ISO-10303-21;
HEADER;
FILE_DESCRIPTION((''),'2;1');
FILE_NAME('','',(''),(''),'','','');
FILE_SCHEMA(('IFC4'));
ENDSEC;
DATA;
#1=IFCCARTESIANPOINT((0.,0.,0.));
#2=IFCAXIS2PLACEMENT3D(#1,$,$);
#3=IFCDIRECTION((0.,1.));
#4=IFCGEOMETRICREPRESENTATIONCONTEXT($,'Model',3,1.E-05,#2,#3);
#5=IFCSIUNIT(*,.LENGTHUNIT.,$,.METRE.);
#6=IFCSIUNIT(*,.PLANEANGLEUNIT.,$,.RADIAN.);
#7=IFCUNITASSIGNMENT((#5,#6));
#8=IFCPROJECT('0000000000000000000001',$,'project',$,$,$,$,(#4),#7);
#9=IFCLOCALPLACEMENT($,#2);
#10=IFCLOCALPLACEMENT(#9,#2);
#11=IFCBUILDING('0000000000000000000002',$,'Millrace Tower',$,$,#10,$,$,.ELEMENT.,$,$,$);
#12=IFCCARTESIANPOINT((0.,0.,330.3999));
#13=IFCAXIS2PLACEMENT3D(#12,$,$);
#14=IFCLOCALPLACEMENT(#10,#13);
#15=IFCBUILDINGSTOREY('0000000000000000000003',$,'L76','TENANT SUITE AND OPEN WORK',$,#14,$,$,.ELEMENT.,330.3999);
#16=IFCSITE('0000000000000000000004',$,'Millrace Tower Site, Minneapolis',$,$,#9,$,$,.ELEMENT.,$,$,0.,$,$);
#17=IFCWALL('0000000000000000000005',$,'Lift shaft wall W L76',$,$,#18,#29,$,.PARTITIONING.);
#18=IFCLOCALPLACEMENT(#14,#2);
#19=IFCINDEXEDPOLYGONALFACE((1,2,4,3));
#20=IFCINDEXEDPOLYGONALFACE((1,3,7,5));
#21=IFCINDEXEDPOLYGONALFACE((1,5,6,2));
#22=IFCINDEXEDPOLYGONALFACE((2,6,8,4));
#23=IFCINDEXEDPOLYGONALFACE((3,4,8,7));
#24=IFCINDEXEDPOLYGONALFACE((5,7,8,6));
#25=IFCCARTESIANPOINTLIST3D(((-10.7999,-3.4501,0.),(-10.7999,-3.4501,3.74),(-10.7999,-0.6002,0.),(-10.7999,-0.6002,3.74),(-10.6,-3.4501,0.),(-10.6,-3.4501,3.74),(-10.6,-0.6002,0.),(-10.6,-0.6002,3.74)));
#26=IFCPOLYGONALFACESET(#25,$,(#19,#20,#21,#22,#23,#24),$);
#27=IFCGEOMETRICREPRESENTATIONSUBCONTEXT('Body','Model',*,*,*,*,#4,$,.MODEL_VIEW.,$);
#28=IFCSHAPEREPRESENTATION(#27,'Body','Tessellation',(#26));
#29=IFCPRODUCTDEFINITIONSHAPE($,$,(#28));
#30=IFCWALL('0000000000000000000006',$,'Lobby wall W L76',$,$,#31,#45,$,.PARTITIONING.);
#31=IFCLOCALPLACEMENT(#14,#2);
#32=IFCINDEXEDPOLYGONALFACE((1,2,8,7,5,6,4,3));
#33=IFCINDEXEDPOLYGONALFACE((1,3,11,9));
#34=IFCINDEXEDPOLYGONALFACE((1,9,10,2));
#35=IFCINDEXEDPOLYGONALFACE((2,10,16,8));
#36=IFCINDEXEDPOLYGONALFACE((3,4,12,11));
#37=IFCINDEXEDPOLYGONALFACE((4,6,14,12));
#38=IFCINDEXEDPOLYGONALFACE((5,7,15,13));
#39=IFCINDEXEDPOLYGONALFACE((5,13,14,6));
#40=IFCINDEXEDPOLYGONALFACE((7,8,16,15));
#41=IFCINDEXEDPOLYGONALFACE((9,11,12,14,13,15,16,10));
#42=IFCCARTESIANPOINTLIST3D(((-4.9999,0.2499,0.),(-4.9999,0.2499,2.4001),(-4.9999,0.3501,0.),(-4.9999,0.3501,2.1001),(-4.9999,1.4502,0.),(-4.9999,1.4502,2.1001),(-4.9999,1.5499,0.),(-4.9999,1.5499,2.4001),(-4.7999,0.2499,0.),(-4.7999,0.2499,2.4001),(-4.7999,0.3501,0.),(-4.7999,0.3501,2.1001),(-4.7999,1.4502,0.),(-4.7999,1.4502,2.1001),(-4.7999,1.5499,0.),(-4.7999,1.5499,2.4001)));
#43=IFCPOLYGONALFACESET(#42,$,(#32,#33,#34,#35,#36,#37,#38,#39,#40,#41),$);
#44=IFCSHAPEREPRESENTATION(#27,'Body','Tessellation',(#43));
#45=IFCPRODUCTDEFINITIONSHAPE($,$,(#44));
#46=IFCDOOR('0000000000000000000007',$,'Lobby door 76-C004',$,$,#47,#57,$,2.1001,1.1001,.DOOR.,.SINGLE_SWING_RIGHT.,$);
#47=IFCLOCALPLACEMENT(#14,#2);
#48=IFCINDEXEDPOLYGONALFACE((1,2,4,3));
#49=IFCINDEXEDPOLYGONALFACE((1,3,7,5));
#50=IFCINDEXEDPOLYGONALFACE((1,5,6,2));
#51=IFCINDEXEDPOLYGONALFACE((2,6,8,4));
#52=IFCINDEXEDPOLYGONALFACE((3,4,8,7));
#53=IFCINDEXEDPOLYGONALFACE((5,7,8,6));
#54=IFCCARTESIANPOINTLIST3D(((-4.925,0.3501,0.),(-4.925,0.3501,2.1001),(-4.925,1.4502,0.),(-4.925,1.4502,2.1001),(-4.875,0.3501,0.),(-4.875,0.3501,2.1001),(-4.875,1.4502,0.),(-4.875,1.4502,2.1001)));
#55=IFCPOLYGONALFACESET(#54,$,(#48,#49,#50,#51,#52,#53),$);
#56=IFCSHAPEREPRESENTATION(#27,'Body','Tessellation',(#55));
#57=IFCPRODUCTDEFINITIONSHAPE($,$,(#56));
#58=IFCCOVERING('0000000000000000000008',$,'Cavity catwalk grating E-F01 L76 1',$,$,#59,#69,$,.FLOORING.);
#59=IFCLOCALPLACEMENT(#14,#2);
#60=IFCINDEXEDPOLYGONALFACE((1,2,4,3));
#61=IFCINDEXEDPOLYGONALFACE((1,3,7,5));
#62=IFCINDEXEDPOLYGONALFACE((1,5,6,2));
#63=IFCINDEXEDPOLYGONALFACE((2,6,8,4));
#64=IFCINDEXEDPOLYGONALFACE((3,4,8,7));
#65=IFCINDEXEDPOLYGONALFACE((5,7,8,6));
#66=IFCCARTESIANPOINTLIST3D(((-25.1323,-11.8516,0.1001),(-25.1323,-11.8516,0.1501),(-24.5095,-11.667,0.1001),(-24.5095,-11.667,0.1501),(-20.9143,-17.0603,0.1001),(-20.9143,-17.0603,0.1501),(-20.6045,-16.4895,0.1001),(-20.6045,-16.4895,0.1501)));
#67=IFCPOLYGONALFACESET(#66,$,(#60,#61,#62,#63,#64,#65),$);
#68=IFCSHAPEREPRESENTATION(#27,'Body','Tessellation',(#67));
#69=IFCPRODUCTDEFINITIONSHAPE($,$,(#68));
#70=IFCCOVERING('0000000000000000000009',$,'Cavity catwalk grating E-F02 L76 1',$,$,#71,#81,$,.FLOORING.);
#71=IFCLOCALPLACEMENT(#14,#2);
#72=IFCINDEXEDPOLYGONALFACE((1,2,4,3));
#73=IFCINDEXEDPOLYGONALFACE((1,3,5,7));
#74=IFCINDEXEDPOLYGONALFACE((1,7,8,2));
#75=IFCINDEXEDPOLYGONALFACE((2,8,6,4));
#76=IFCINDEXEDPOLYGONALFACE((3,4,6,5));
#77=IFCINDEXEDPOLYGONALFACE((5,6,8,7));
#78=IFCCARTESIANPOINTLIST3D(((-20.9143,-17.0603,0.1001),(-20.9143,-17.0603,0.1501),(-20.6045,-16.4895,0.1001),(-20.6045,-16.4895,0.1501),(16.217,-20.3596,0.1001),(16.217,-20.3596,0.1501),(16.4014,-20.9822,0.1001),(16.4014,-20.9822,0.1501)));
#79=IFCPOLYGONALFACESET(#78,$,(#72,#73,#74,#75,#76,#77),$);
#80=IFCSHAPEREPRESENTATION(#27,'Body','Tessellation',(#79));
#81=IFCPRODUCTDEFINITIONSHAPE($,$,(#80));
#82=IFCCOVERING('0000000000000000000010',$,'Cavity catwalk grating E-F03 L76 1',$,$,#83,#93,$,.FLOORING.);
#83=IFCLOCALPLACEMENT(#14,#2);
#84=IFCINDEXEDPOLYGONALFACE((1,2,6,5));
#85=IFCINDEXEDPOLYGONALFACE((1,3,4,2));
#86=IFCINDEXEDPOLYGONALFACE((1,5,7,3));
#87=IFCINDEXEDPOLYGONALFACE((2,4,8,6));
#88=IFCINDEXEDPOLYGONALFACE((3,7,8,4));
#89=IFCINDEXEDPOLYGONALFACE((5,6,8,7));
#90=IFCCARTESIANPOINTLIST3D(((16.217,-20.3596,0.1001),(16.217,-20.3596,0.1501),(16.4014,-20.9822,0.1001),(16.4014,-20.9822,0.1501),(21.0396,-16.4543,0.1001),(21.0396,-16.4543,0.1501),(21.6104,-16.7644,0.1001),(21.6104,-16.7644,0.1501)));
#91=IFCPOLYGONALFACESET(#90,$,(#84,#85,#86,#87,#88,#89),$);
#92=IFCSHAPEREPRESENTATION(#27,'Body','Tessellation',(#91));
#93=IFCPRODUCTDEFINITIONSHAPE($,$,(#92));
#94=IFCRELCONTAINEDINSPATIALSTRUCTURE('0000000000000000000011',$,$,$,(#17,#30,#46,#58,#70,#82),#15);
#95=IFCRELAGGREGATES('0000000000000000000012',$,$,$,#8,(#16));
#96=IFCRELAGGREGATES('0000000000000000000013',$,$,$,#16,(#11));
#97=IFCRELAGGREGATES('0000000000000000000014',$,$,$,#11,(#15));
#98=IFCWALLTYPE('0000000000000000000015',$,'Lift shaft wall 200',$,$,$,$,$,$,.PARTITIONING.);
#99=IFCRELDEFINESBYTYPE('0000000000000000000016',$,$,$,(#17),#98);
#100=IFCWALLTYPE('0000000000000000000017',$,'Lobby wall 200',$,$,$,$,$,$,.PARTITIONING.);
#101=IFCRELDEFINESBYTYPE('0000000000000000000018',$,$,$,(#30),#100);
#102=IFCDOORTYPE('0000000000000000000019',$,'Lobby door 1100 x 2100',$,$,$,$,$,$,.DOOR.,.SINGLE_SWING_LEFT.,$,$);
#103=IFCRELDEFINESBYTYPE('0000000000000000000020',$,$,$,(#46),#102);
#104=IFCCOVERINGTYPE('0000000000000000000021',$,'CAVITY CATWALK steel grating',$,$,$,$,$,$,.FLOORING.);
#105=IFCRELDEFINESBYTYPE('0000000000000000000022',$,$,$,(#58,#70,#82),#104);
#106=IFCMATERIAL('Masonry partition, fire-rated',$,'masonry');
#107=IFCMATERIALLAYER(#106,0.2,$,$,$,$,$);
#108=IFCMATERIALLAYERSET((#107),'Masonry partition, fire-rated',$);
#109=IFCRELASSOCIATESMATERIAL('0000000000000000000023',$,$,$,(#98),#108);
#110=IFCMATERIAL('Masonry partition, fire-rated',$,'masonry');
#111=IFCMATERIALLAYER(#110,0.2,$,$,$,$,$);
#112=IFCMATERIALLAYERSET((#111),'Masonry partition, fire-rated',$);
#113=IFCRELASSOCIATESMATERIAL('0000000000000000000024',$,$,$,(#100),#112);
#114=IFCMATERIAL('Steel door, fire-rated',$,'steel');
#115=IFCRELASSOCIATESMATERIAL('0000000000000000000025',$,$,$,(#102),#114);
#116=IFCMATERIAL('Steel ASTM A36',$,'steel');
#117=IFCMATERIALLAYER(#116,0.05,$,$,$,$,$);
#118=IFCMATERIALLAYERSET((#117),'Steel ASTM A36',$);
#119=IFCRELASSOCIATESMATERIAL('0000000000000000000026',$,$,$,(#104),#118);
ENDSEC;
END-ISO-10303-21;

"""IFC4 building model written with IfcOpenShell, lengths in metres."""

from ifc_helpers import new_model, si_unit, direction, frame, frame_2d, origin, place, context, subcontext, project, spatial, polyline, rectangle, outline, extrude, material, layer, layer_set, type_object, element, fill, save


model = new_model("IFC4")

# Units and contexts
model_context = context("Model", 3, precision=1e-05, world=origin(), true_north=direction((0.0, 1.0)))
body_context = subcontext(model_context, "Body", "Model", "MODEL_VIEW")
ifc_project = project(units=[si_unit("LENGTHUNIT", "METRE"), si_unit("PLANEANGLEUNIT", "RADIAN")], contexts=[model_context])

# Site, building, storey
site_placement = place(None, origin())
site = spatial("IfcSite", under=ifc_project, at=site_placement, Name="Millrace Tower Site, Minneapolis", CompositionType="ELEMENT", RefElevation=0.0)
building_placement = place(site_placement, origin())
building = spatial("IfcBuilding", under=site, at=building_placement, Name="Millrace Tower", CompositionType="ELEMENT")
storey_placement = place(building_placement, frame((0.0, 0.0, 330.3999)))
storey = spatial("IfcBuildingStorey", under=building, at=storey_placement, Name="L76", Description="TENANT SUITE AND OPEN WORK", CompositionType="ELEMENT", Elevation=330.3999)

# Shared definitions
ifc_material_1 = material(Name="Masonry partition, fire-rated", Category="masonry")
ifc_layer_1 = layer(ifc_material_1, 0.2)
ifc_layer_set_1 = layer_set([ifc_layer_1], Name="Masonry partition, fire-rated")
wall_type_1 = type_object("IfcWallType", Name="Lift shaft wall 200", PredefinedType="PARTITIONING", material=ifc_layer_set_1)

# Wall
wall_1_placement = place(storey_placement, frame((-10.7, -3.45, 0.0), z_axis=(0.0, 0.0, 1.0), x_axis=(0.0, 1.0, 0.0)))
element("IfcWall", 1, at=wall_1_placement, inside=storey, type_object=wall_type_1, Name="Lift shaft wall W L76", PredefinedType="PARTITIONING", context=body_context, shape_type="SweptSolid", body=[
    extrude(rectangle(XDim=2.8499, YDim=0.2, at=frame_2d((1.4248, 0.0))), origin(), (0.0, 0.0, 1.0), 3.74),
])

# Wall, opening, door
ifc_material_2 = material(Name="Masonry partition, fire-rated", Category="masonry")
ifc_layer_2 = layer(ifc_material_2, 0.2)
ifc_layer_set_2 = layer_set([ifc_layer_2], Name="Masonry partition, fire-rated")
wall_type_2 = type_object("IfcWallType", Name="Lobby wall 200", PredefinedType="PARTITIONING", material=ifc_layer_set_2)
wall_2_placement = place(storey_placement, frame((-4.8999, 0.25, 0.0), z_axis=(0.0, 0.0, 1.0), x_axis=(0.0, 1.0, 0.0)))
wall_2 = element("IfcWall", 2, at=wall_2_placement, inside=storey, type_object=wall_type_2, Name="Lobby wall W L76", PredefinedType="PARTITIONING", context=body_context, shape_type="SweptSolid", body=[
    extrude(rectangle(XDim=1.3, YDim=0.2, at=frame_2d((0.6499, 0.0))), origin(), (0.0, 0.0, 1.0), 2.4001),
])
opening_1_placement = place(wall_2_placement, frame((0.1001, 0.0, 0.0)))
opening_1 = element("IfcOpeningElement", 3, at=opening_1_placement, cuts=wall_2, PredefinedType="OPENING", context=body_context, shape_type="SweptSolid", body=[
    extrude(rectangle(XDim=1.1001, YDim=2.1001, at=frame_2d((0.55, 1.05))), frame((0.0, 0.1099, 0.0), z_axis=(0.0, -1.0, 0.0), x_axis=(1.0, 0.0, 0.0)), (0.0, 0.0, 1.0), 0.22),
])
ifc_material_3 = material(Name="Steel door, fire-rated", Category="steel")
door_type_1 = type_object("IfcDoorType", Name="Lobby door 1100 x 2100", OperationType="SINGLE_SWING_LEFT", PredefinedType="DOOR", material=ifc_material_3)
door_1_placement = place(opening_1_placement, frame((1.1001, 0.0, 0.0), z_axis=(0.0, 0.0, 1.0), x_axis=(-1.0, 0.0, 0.0)))
door_1 = element("IfcDoor", 4, at=door_1_placement, inside=storey, type_object=door_type_1, Name="Lobby door 76-C004", OperationType="SINGLE_SWING_RIGHT", OverallHeight=2.1001, OverallWidth=1.1001, PredefinedType="DOOR", context=body_context, shape_type="SweptSolid", body=[
    extrude(rectangle(XDim=1.1001, YDim=2.1001, at=frame_2d((0.55, 1.05))), frame((0.0, 0.0249, 0.0), z_axis=(0.0, -1.0, 0.0), x_axis=(1.0, 0.0, 0.0)), (0.0, 0.0, 1.0), 0.05),
])
fill(opening_1, door_1)

# Coverings
ifc_material_4 = material(Name="Steel ASTM A36", Category="steel")
ifc_layer_3 = layer(ifc_material_4, 0.05)
ifc_layer_set_3 = layer_set([ifc_layer_3], Name="Steel ASTM A36")
covering_type = type_object("IfcCoveringType", Name="CAVITY CATWALK steel grating", PredefinedType="FLOORING", material=ifc_layer_set_3)
placement_1 = place(storey_placement, frame((0.0, 0.0, 0.1001)))
element("IfcCovering", 5, at=placement_1, inside=storey, type_object=covering_type, Name="Cavity catwalk grating E-F01 L76 1", PredefinedType="FLOORING", context=body_context, shape_type="SweptSolid", body=[
    extrude(outline(polyline([(-25.1323, -11.8516), (-20.9143, -17.0603), (-20.6045, -16.4895), (-24.5095, -11.667), (-25.1323, -11.8516)])), origin(), (0.0, 0.0, 1.0), 0.05),
])
element("IfcCovering", 6, at=placement_1, inside=storey, type_object=covering_type, Name="Cavity catwalk grating E-F02 L76 1", PredefinedType="FLOORING", context=body_context, shape_type="SweptSolid", body=[
    extrude(outline(polyline([(-20.9143, -17.0603), (16.4014, -20.9822), (16.217, -20.3596), (-20.6045, -16.4895), (-20.9143, -17.0603)])), origin(), (0.0, 0.0, 1.0), 0.05),
])
element("IfcCovering", 7, at=placement_1, inside=storey, type_object=covering_type, Name="Cavity catwalk grating E-F03 L76 1", PredefinedType="FLOORING", context=body_context, shape_type="SweptSolid", body=[
    extrude(outline(polyline([(16.4014, -20.9822), (21.6104, -16.7644), (21.0396, -16.4543), (16.217, -20.3596), (16.4014, -20.9822)])), origin(), (0.0, 0.0, 1.0), 0.05),
])

save(model, "model.ifc")
